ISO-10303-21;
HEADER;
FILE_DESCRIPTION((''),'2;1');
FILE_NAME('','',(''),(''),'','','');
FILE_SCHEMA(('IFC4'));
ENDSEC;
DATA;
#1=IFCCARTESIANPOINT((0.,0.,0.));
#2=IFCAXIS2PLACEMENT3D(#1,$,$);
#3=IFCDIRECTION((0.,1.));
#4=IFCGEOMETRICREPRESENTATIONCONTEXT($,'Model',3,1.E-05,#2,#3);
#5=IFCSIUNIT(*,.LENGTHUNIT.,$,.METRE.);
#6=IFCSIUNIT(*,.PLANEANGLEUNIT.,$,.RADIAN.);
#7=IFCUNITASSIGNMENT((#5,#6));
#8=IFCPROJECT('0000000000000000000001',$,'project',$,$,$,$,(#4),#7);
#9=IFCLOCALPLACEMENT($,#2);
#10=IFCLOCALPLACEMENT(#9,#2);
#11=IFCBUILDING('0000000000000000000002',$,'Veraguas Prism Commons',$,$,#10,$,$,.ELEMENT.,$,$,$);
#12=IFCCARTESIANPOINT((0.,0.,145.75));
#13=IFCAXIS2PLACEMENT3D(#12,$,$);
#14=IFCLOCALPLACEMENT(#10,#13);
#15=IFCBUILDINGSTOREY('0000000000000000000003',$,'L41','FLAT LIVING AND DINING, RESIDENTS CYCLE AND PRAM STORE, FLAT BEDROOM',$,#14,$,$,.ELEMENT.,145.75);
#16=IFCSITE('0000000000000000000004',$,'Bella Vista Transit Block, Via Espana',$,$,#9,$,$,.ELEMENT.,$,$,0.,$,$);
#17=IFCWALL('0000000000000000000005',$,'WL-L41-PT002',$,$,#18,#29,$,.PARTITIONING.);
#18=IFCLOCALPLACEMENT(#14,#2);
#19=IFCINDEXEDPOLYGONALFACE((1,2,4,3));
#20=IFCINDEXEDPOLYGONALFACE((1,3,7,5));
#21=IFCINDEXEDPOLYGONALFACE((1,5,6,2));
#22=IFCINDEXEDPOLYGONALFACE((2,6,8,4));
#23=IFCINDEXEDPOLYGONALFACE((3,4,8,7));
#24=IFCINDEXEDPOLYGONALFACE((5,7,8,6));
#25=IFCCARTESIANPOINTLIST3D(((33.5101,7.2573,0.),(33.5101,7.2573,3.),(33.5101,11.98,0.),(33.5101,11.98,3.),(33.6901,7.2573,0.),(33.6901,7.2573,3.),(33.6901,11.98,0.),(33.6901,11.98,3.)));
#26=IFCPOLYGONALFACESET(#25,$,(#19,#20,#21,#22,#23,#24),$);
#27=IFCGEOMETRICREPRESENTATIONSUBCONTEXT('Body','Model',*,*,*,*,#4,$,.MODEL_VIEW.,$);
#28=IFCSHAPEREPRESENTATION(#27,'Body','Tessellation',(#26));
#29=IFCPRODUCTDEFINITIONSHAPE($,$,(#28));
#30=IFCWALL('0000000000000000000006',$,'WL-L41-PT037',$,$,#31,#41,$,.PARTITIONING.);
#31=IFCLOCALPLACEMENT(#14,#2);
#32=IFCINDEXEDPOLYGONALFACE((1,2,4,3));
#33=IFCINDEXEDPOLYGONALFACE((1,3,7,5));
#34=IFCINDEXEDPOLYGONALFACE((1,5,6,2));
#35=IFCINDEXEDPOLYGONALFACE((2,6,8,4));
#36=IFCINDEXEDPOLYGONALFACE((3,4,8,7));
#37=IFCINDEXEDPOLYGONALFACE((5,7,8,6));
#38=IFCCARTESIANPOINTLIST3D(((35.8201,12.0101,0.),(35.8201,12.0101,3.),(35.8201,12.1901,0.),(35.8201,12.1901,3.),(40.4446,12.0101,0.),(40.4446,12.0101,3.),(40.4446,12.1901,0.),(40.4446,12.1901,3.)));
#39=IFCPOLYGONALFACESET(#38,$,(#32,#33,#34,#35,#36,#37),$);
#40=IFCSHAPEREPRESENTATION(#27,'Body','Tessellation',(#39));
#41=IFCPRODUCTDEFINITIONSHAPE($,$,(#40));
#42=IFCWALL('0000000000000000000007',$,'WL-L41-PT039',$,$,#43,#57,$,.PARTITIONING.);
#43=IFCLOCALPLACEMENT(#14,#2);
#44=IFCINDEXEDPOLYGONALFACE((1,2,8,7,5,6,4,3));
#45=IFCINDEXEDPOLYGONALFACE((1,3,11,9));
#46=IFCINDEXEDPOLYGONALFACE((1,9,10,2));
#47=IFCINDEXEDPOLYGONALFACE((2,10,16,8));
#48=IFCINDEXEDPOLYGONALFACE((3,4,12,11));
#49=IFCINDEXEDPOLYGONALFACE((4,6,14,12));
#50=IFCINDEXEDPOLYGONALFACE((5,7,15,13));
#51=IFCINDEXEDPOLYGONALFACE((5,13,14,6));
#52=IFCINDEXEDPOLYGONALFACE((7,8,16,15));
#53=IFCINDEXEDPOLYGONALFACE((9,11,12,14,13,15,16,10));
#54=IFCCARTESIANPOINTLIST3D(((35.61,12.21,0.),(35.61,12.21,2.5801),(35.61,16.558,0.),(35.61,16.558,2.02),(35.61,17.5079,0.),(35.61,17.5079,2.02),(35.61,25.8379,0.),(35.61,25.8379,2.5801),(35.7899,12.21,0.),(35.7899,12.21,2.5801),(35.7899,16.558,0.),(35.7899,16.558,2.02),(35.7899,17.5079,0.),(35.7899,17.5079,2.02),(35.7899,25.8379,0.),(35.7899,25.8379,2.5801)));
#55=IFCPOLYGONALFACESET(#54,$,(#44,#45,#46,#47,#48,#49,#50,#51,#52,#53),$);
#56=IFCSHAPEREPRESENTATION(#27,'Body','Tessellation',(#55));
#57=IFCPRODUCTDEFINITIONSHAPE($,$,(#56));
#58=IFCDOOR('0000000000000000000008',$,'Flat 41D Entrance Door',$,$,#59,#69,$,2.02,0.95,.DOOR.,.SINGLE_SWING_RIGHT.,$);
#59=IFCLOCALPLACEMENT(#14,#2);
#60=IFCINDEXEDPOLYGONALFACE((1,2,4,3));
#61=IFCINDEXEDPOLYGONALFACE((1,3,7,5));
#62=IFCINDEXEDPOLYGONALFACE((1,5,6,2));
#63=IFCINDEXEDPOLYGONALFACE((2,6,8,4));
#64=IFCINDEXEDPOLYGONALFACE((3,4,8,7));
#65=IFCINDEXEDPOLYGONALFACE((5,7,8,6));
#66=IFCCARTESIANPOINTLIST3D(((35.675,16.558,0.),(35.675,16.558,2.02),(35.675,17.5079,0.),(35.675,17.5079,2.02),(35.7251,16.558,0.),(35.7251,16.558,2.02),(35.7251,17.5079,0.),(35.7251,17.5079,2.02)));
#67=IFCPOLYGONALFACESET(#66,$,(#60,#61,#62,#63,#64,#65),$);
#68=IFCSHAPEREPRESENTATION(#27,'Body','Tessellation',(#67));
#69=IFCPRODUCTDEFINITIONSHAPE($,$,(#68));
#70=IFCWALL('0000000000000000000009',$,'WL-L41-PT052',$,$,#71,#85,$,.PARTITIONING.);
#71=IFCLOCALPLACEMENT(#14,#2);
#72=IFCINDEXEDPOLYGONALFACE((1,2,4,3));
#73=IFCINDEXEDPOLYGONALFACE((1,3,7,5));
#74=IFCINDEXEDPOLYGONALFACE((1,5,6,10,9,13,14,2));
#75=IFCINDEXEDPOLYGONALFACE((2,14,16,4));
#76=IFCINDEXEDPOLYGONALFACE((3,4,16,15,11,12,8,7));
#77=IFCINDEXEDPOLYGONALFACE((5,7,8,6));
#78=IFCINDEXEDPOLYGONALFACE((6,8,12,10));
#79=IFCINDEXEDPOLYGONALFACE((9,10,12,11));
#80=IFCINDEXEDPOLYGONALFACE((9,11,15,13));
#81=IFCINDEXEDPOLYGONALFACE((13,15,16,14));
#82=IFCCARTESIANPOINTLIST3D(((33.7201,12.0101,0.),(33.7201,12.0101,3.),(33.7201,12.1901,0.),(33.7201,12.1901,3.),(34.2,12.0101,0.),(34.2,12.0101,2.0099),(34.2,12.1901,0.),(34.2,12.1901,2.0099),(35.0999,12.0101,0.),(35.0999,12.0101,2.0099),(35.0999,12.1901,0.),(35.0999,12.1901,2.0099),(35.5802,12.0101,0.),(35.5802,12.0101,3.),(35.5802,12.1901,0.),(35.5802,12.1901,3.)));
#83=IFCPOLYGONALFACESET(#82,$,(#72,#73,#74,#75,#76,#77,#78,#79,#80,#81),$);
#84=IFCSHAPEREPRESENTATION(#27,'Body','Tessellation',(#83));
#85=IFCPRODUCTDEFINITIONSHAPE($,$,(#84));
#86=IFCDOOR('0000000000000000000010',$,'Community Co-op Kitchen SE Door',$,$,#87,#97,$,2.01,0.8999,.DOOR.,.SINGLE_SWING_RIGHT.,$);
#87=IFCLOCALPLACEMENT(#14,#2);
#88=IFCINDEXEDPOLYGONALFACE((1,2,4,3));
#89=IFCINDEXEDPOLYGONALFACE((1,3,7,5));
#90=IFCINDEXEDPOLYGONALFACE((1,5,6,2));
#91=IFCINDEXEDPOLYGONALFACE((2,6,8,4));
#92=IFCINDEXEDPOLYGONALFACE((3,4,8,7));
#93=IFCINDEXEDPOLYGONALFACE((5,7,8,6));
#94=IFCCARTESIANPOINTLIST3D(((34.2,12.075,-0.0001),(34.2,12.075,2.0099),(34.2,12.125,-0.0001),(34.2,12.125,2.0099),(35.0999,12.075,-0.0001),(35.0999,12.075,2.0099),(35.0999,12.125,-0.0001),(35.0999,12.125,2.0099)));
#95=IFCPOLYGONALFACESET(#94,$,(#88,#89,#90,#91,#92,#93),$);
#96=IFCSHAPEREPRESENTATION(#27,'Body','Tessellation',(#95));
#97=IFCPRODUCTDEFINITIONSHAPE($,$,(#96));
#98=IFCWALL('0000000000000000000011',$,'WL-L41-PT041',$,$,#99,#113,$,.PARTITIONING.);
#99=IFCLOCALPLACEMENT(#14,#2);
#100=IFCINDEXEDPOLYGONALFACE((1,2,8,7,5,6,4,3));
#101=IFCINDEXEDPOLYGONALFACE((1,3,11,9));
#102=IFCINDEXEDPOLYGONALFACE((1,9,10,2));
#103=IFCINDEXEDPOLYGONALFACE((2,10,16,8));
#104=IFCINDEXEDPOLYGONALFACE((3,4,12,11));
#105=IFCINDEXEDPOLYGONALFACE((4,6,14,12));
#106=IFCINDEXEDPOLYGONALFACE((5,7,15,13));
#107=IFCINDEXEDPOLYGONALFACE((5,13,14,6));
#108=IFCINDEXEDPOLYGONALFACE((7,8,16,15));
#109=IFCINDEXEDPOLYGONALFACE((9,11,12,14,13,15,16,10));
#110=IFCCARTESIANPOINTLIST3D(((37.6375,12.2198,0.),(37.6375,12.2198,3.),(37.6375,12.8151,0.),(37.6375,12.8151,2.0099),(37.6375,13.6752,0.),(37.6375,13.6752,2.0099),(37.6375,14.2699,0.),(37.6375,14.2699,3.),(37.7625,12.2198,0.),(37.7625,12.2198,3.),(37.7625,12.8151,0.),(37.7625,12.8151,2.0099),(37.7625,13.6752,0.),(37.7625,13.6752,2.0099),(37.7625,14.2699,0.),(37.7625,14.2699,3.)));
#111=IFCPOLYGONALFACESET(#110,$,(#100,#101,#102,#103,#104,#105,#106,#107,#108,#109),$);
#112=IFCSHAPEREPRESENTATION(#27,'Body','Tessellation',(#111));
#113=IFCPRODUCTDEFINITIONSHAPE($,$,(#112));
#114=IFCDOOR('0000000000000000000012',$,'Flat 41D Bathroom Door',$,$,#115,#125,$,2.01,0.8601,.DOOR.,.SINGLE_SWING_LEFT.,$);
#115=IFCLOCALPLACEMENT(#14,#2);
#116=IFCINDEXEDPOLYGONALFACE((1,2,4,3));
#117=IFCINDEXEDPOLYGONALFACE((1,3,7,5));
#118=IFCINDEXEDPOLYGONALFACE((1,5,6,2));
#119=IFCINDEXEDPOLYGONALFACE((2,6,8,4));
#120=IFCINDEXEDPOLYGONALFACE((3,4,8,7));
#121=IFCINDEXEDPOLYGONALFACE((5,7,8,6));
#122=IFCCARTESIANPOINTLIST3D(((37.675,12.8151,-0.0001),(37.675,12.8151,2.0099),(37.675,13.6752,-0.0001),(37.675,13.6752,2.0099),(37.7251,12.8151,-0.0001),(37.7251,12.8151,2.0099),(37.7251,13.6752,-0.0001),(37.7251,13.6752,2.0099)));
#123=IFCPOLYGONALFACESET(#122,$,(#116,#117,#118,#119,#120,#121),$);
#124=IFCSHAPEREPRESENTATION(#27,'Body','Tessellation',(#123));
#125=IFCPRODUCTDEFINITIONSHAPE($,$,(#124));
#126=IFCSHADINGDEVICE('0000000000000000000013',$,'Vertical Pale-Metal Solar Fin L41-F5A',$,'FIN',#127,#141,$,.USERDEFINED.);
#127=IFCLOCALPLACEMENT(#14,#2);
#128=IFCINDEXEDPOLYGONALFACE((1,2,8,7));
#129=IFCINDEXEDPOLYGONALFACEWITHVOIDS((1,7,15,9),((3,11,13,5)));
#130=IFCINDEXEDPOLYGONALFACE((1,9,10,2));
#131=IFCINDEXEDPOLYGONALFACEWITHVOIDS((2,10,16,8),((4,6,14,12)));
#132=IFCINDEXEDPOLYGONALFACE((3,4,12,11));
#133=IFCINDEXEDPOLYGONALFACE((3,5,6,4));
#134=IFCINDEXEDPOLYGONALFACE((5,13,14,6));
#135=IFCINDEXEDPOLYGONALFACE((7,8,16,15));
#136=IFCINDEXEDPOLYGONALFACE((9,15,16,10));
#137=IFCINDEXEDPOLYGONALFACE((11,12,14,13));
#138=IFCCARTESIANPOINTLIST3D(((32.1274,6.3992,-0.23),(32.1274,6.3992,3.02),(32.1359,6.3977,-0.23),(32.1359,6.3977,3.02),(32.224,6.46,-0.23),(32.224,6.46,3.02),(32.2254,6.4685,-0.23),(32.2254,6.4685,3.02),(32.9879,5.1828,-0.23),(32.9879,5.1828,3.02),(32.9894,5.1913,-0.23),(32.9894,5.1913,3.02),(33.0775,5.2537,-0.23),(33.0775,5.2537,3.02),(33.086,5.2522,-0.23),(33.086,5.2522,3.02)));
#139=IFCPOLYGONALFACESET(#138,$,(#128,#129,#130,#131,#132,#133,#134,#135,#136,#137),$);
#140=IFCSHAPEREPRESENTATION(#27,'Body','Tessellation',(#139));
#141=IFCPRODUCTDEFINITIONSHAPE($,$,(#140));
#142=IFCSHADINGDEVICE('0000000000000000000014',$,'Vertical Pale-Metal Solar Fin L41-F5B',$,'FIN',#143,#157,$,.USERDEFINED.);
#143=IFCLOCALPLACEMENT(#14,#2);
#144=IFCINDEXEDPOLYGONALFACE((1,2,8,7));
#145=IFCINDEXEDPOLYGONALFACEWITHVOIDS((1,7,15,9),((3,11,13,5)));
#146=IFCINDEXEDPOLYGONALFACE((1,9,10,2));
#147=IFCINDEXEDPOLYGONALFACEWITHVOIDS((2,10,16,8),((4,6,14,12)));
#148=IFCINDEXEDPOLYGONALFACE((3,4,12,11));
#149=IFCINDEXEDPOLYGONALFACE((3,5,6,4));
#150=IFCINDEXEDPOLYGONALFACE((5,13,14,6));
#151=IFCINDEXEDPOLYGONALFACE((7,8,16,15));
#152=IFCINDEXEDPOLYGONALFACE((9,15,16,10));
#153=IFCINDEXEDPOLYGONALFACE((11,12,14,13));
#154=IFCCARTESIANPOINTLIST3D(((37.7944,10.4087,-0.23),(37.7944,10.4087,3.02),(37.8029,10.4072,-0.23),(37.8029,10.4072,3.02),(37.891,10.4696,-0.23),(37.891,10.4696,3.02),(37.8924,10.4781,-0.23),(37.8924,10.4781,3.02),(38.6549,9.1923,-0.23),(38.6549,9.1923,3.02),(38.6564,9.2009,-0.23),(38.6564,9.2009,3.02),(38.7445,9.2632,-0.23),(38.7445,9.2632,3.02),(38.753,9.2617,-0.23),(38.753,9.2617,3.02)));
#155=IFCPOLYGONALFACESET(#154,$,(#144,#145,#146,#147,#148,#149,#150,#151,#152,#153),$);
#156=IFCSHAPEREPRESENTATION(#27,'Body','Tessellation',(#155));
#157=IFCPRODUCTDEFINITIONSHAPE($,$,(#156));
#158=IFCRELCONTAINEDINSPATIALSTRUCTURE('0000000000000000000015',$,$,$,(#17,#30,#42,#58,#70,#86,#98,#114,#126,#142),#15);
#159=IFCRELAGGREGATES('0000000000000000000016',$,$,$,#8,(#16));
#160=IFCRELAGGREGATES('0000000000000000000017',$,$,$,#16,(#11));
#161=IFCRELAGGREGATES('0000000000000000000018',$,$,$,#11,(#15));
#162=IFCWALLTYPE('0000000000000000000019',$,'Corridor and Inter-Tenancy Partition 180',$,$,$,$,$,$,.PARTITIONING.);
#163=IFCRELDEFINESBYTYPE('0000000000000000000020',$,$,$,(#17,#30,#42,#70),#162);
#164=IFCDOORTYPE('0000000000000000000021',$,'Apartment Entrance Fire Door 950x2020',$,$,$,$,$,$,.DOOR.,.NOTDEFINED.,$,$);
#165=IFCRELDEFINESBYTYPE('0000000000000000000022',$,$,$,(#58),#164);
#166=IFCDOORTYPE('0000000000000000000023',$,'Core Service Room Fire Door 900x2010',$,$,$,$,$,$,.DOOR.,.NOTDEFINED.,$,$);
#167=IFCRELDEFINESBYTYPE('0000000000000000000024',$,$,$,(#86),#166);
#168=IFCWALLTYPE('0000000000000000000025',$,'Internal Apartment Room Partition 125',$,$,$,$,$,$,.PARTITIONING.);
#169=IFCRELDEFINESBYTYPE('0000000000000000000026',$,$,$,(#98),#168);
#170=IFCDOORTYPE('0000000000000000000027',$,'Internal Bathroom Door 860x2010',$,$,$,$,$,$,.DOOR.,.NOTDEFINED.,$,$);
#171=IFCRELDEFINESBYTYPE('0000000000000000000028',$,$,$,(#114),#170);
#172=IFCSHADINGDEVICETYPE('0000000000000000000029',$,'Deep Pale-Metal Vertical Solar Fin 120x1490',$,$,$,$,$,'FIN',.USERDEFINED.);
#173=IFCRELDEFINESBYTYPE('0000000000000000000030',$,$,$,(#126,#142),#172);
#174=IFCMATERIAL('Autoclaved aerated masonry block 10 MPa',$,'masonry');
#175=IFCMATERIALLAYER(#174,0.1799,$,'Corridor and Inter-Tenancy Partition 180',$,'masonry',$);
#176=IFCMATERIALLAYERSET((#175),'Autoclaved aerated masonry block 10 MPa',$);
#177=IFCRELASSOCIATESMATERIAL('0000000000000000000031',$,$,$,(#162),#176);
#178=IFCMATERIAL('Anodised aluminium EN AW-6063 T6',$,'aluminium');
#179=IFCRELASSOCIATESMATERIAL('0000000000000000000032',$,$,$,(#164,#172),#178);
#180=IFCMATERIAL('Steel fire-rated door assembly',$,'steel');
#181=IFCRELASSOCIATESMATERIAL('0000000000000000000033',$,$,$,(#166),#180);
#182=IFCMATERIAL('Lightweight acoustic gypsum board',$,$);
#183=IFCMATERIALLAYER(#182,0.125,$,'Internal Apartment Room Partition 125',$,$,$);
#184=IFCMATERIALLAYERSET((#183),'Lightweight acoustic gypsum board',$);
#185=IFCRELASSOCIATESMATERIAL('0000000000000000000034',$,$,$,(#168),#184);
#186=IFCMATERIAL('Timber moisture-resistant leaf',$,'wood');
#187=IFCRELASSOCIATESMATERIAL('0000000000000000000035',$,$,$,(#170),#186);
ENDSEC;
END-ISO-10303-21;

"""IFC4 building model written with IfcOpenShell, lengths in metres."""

from ifc_helpers import new_model, si_unit, direction, frame, frame_2d, origin, origin_2d, place, context, subcontext, project, spatial, rectangle, hollow_rectangle, extrude, source, transform, mapped, material, layer, layer_set, material_profile, profile_set, type_object, element, fill, save


model = new_model("IFC4")

# Units and contexts
model_context = context("Model", 3, precision=1e-05, world=origin(), true_north=direction((0.0, 1.0)))
body_context = subcontext(model_context, "Body", "Model", "MODEL_VIEW")
ifc_project = project(units=[si_unit("LENGTHUNIT", "METRE"), si_unit("PLANEANGLEUNIT", "RADIAN")], contexts=[model_context])

# Site, building, storey
site_placement = place(None, origin())
site = spatial("IfcSite", under=ifc_project, at=site_placement, Name="Bella Vista Transit Block, Via Espana", CompositionType="ELEMENT", RefElevation=0.0)
building_placement = place(site_placement, origin())
building = spatial("IfcBuilding", under=site, at=building_placement, Name="Veraguas Prism Commons", CompositionType="ELEMENT")
storey_placement = place(building_placement, frame((0.0, 0.0, 145.75)))
storey = spatial("IfcBuildingStorey", under=building, at=storey_placement, Name="L41", Description="FLAT LIVING AND DINING, RESIDENTS CYCLE AND PRAM STORE, FLAT BEDROOM", CompositionType="ELEMENT", Elevation=145.75)

# Shared definitions
ifc_material_1 = material(Name="Anodised aluminium EN AW-6063 T6", Category="aluminium")

# Walls
ifc_material_2 = material(Name="Autoclaved aerated masonry block 10 MPa", Category="masonry")
ifc_layer_1 = layer(ifc_material_2, 0.1799, Name="Corridor and Inter-Tenancy Partition 180", Category="masonry")
ifc_layer_set_1 = layer_set([ifc_layer_1], Name="Autoclaved aerated masonry block 10 MPa")
wall_type_1 = type_object("IfcWallType", Name="Corridor and Inter-Tenancy Partition 180", PredefinedType="PARTITIONING", material=ifc_layer_set_1)
wall_1_placement = place(storey_placement, frame((33.6001, 11.98, 0.0), z_axis=(0.0, 0.0, 1.0), x_axis=(0.0, -1.0, 0.0)))
element("IfcWall", 1, at=wall_1_placement, inside=storey, type_object=wall_type_1, Name="WL-L41-PT002", PredefinedType="PARTITIONING", context=body_context, shape_type="SweptSolid", body=[
    extrude(rectangle(XDim=4.7227, YDim=0.1799, at=frame_2d((2.3613, 0.0))), origin(), (0.0, 0.0, 1.0), 3.0),
])
wall_2_placement = place(storey_placement, frame((35.8201, 12.1001, 0.0), z_axis=(0.0, 0.0, 1.0), x_axis=(1.0, 0.0, 0.0)))
element("IfcWall", 2, at=wall_2_placement, inside=storey, type_object=wall_type_1, Name="WL-L41-PT037", PredefinedType="PARTITIONING", context=body_context, shape_type="SweptSolid", body=[
    extrude(rectangle(XDim=4.6245, YDim=0.1799, at=frame_2d((2.3123, 0.0))), origin(), (0.0, 0.0, 1.0), 3.0),
])

# Walls, openings, doors
wall_3_placement = place(storey_placement, frame((35.7, 12.21, 0.0), z_axis=(0.0, 0.0, 1.0), x_axis=(0.0, 1.0, 0.0)))
wall_3 = element("IfcWall", 3, at=wall_3_placement, inside=storey, type_object=wall_type_1, Name="WL-L41-PT039", PredefinedType="PARTITIONING", context=body_context, shape_type="SweptSolid", body=[
    extrude(rectangle(XDim=13.6279, YDim=0.1799, at=frame_2d((6.814, 0.0))), origin(), (0.0, 0.0, 1.0), 2.5801),
])
opening_1_placement = place(wall_3_placement, frame((4.3479, 0.0, 0.0)))
opening_1 = element("IfcOpeningElement", 4, at=opening_1_placement, cuts=wall_3, PredefinedType="OPENING", context=body_context, shape_type="SweptSolid", body=[
    extrude(rectangle(XDim=0.95, YDim=2.02, at=frame_2d((0.4751, 1.01))), frame((0.0, 0.0999, 0.0), z_axis=(0.0, -1.0, 0.0), x_axis=(1.0, 0.0, 0.0)), (0.0, 0.0, 1.0), 0.2),
])
door_type_1 = type_object("IfcDoorType", Name="Apartment Entrance Fire Door 950x2020", OperationType="NOTDEFINED", PredefinedType="DOOR", material=ifc_material_1)
shared_shape_1 = source(origin(), body_context, "Body", "SweptSolid", [
    extrude(rectangle(XDim=0.95, YDim=2.02, at=frame_2d((0.4751, 1.01))), frame((0.0, 0.0249, 0.0), z_axis=(0.0, -1.0, 0.0), x_axis=(1.0, 0.0, 0.0)), (0.0, 0.0, 1.0), 0.05),
])
door_1_placement = place(opening_1_placement, origin())
door_1 = element("IfcDoor", 5, at=door_1_placement, inside=storey, type_object=door_type_1, Name="Flat 41D Entrance Door", OperationType="SINGLE_SWING_RIGHT", OverallHeight=2.02, OverallWidth=0.95, PredefinedType="DOOR", context=body_context, shape_type="MappedRepresentation", body=[
    mapped(shared_shape_1, transform((0.0, 0.0, 0.0), scale=1.0)),
])
fill(opening_1, door_1)
wall_4_placement = place(storey_placement, frame((33.72, 12.1001, 0.0), z_axis=(0.0, 0.0, 1.0), x_axis=(1.0, 0.0, 0.0)))
wall_4 = element("IfcWall", 6, at=wall_4_placement, inside=storey, type_object=wall_type_1, Name="WL-L41-PT052", PredefinedType="PARTITIONING", context=body_context, shape_type="SweptSolid", body=[
    extrude(rectangle(XDim=1.8601, YDim=0.1799, at=frame_2d((0.9302, 0.0))), origin(), (0.0, 0.0, 1.0), 3.0),
])
opening_2_placement = place(wall_4_placement, frame((0.48, 0.0, 0.0)))
opening_2 = element("IfcOpeningElement", 7, at=opening_2_placement, cuts=wall_4, PredefinedType="OPENING", context=body_context, shape_type="SweptSolid", body=[
    extrude(rectangle(XDim=0.8999, YDim=2.01, at=frame_2d((0.45, 1.0049))), frame((0.0, 0.0999, 0.0), z_axis=(0.0, -1.0, 0.0), x_axis=(1.0, 0.0, 0.0)), (0.0, 0.0, 1.0), 0.2),
])
ifc_material_3 = material(Name="Steel fire-rated door assembly", Category="steel")
door_type_2 = type_object("IfcDoorType", Name="Core Service Room Fire Door 900x2010", OperationType="NOTDEFINED", PredefinedType="DOOR", material=ifc_material_3)
shared_shape_2 = source(origin(), body_context, "Body", "SweptSolid", [
    extrude(rectangle(XDim=0.8999, YDim=2.01, at=frame_2d((0.45, 1.0049))), frame((0.0, 0.0249, 0.0), z_axis=(0.0, -1.0, 0.0), x_axis=(1.0, 0.0, 0.0)), (0.0, 0.0, 1.0), 0.05),
])
door_2_placement = place(opening_2_placement, origin())
door_2 = element("IfcDoor", 8, at=door_2_placement, inside=storey, type_object=door_type_2, Name="Community Co-op Kitchen SE Door", OperationType="SINGLE_SWING_RIGHT", OverallHeight=2.01, OverallWidth=0.8999, PredefinedType="DOOR", context=body_context, shape_type="MappedRepresentation", body=[
    mapped(shared_shape_2, transform((0.0, 0.0, 0.0), scale=1.0)),
])
fill(opening_2, door_2)
ifc_material_4 = material(Name="Lightweight acoustic gypsum board")
ifc_layer_2 = layer(ifc_material_4, 0.125, Name="Internal Apartment Room Partition 125")
ifc_layer_set_2 = layer_set([ifc_layer_2], Name="Lightweight acoustic gypsum board")
wall_type_2 = type_object("IfcWallType", Name="Internal Apartment Room Partition 125", PredefinedType="PARTITIONING", material=ifc_layer_set_2)
wall_5_placement = place(storey_placement, frame((37.7, 12.22, 0.0), z_axis=(0.0, 0.0, 1.0), x_axis=(0.0, 1.0, 0.0)))
wall_5 = element("IfcWall", 9, at=wall_5_placement, inside=storey, type_object=wall_type_2, Name="WL-L41-PT041", PredefinedType="PARTITIONING", context=body_context, shape_type="SweptSolid", body=[
    extrude(rectangle(XDim=2.05, YDim=0.125, at=frame_2d((1.0249, 0.0))), origin(), (0.0, 0.0, 1.0), 3.0),
])
opening_3_placement = place(wall_5_placement, frame((0.595, 0.0, 0.0)))
opening_3 = element("IfcOpeningElement", 10, at=opening_3_placement, cuts=wall_5, PredefinedType="OPENING", context=body_context, shape_type="SweptSolid", body=[
    extrude(rectangle(XDim=0.8601, YDim=2.01, at=frame_2d((0.4302, 1.0049))), frame((0.0, 0.0725, 0.0), z_axis=(0.0, -1.0, 0.0), x_axis=(1.0, 0.0, 0.0)), (0.0, 0.0, 1.0), 0.145),
])
ifc_material_5 = material(Name="Timber moisture-resistant leaf", Category="wood")
door_type_3 = type_object("IfcDoorType", Name="Internal Bathroom Door 860x2010", OperationType="NOTDEFINED", PredefinedType="DOOR", material=ifc_material_5)
shared_shape_3 = source(origin(), body_context, "Body", "SweptSolid", [
    extrude(rectangle(XDim=0.8601, YDim=2.01, at=frame_2d((0.4302, 1.0049))), frame((0.0, 0.0249, 0.0), z_axis=(0.0, -1.0, 0.0), x_axis=(1.0, 0.0, 0.0)), (0.0, 0.0, 1.0), 0.05),
])
door_3_placement = place(opening_3_placement, origin())
door_3 = element("IfcDoor", 11, at=door_3_placement, inside=storey, type_object=door_type_3, Name="Flat 41D Bathroom Door", OperationType="SINGLE_SWING_LEFT", OverallHeight=2.01, OverallWidth=0.8601, PredefinedType="DOOR", context=body_context, shape_type="MappedRepresentation", body=[
    mapped(shared_shape_3, transform((0.0, 0.0, 0.0), scale=1.0)),
])
fill(opening_3, door_3)

# Shading devices
ifc_material_profile_1 = material_profile(ifc_material_1, hollow_rectangle(XDim=0.1201, YDim=1.49, WallThickness=0.0061, at=origin_2d()), Name="FIN120X1490X6")
ifc_profile_set_1 = profile_set([ifc_material_profile_1], Name="Anodised aluminium EN AW-6063 T6")
shading_device_type = type_object("IfcShadingDeviceType", Name="Deep Pale-Metal Vertical Solar Fin 120x1490", ElementType="FIN", PredefinedType="USERDEFINED", material=ifc_profile_set_1)
for number, where, z_axis, x_axis, name in (
    (12, (32.6067, 5.8257, -0.23), (0.0, 0.0, 1.0), (0.81634, 0.577571, 0.0), "Vertical Pale-Metal Solar Fin L41-F5A"),
    (13, (38.2737, 9.8352, -0.23), (0.0, 0.0, 1.0), (0.81634, 0.577571, 0.0), "Vertical Pale-Metal Solar Fin L41-F5B"),
):
    element("IfcShadingDevice", number, at=place(storey_placement, frame(where, z_axis=z_axis, x_axis=x_axis)), inside=storey, type_object=shading_device_type, Name=name, ObjectType="FIN", PredefinedType="USERDEFINED", context=body_context, shape_type="SweptSolid", body=[
        extrude(hollow_rectangle(XDim=0.1201, YDim=1.49, WallThickness=0.0061, at=origin_2d()), origin(), (0.0, 0.0, 1.0), 3.25),
    ])

save(model, "model.ifc")
